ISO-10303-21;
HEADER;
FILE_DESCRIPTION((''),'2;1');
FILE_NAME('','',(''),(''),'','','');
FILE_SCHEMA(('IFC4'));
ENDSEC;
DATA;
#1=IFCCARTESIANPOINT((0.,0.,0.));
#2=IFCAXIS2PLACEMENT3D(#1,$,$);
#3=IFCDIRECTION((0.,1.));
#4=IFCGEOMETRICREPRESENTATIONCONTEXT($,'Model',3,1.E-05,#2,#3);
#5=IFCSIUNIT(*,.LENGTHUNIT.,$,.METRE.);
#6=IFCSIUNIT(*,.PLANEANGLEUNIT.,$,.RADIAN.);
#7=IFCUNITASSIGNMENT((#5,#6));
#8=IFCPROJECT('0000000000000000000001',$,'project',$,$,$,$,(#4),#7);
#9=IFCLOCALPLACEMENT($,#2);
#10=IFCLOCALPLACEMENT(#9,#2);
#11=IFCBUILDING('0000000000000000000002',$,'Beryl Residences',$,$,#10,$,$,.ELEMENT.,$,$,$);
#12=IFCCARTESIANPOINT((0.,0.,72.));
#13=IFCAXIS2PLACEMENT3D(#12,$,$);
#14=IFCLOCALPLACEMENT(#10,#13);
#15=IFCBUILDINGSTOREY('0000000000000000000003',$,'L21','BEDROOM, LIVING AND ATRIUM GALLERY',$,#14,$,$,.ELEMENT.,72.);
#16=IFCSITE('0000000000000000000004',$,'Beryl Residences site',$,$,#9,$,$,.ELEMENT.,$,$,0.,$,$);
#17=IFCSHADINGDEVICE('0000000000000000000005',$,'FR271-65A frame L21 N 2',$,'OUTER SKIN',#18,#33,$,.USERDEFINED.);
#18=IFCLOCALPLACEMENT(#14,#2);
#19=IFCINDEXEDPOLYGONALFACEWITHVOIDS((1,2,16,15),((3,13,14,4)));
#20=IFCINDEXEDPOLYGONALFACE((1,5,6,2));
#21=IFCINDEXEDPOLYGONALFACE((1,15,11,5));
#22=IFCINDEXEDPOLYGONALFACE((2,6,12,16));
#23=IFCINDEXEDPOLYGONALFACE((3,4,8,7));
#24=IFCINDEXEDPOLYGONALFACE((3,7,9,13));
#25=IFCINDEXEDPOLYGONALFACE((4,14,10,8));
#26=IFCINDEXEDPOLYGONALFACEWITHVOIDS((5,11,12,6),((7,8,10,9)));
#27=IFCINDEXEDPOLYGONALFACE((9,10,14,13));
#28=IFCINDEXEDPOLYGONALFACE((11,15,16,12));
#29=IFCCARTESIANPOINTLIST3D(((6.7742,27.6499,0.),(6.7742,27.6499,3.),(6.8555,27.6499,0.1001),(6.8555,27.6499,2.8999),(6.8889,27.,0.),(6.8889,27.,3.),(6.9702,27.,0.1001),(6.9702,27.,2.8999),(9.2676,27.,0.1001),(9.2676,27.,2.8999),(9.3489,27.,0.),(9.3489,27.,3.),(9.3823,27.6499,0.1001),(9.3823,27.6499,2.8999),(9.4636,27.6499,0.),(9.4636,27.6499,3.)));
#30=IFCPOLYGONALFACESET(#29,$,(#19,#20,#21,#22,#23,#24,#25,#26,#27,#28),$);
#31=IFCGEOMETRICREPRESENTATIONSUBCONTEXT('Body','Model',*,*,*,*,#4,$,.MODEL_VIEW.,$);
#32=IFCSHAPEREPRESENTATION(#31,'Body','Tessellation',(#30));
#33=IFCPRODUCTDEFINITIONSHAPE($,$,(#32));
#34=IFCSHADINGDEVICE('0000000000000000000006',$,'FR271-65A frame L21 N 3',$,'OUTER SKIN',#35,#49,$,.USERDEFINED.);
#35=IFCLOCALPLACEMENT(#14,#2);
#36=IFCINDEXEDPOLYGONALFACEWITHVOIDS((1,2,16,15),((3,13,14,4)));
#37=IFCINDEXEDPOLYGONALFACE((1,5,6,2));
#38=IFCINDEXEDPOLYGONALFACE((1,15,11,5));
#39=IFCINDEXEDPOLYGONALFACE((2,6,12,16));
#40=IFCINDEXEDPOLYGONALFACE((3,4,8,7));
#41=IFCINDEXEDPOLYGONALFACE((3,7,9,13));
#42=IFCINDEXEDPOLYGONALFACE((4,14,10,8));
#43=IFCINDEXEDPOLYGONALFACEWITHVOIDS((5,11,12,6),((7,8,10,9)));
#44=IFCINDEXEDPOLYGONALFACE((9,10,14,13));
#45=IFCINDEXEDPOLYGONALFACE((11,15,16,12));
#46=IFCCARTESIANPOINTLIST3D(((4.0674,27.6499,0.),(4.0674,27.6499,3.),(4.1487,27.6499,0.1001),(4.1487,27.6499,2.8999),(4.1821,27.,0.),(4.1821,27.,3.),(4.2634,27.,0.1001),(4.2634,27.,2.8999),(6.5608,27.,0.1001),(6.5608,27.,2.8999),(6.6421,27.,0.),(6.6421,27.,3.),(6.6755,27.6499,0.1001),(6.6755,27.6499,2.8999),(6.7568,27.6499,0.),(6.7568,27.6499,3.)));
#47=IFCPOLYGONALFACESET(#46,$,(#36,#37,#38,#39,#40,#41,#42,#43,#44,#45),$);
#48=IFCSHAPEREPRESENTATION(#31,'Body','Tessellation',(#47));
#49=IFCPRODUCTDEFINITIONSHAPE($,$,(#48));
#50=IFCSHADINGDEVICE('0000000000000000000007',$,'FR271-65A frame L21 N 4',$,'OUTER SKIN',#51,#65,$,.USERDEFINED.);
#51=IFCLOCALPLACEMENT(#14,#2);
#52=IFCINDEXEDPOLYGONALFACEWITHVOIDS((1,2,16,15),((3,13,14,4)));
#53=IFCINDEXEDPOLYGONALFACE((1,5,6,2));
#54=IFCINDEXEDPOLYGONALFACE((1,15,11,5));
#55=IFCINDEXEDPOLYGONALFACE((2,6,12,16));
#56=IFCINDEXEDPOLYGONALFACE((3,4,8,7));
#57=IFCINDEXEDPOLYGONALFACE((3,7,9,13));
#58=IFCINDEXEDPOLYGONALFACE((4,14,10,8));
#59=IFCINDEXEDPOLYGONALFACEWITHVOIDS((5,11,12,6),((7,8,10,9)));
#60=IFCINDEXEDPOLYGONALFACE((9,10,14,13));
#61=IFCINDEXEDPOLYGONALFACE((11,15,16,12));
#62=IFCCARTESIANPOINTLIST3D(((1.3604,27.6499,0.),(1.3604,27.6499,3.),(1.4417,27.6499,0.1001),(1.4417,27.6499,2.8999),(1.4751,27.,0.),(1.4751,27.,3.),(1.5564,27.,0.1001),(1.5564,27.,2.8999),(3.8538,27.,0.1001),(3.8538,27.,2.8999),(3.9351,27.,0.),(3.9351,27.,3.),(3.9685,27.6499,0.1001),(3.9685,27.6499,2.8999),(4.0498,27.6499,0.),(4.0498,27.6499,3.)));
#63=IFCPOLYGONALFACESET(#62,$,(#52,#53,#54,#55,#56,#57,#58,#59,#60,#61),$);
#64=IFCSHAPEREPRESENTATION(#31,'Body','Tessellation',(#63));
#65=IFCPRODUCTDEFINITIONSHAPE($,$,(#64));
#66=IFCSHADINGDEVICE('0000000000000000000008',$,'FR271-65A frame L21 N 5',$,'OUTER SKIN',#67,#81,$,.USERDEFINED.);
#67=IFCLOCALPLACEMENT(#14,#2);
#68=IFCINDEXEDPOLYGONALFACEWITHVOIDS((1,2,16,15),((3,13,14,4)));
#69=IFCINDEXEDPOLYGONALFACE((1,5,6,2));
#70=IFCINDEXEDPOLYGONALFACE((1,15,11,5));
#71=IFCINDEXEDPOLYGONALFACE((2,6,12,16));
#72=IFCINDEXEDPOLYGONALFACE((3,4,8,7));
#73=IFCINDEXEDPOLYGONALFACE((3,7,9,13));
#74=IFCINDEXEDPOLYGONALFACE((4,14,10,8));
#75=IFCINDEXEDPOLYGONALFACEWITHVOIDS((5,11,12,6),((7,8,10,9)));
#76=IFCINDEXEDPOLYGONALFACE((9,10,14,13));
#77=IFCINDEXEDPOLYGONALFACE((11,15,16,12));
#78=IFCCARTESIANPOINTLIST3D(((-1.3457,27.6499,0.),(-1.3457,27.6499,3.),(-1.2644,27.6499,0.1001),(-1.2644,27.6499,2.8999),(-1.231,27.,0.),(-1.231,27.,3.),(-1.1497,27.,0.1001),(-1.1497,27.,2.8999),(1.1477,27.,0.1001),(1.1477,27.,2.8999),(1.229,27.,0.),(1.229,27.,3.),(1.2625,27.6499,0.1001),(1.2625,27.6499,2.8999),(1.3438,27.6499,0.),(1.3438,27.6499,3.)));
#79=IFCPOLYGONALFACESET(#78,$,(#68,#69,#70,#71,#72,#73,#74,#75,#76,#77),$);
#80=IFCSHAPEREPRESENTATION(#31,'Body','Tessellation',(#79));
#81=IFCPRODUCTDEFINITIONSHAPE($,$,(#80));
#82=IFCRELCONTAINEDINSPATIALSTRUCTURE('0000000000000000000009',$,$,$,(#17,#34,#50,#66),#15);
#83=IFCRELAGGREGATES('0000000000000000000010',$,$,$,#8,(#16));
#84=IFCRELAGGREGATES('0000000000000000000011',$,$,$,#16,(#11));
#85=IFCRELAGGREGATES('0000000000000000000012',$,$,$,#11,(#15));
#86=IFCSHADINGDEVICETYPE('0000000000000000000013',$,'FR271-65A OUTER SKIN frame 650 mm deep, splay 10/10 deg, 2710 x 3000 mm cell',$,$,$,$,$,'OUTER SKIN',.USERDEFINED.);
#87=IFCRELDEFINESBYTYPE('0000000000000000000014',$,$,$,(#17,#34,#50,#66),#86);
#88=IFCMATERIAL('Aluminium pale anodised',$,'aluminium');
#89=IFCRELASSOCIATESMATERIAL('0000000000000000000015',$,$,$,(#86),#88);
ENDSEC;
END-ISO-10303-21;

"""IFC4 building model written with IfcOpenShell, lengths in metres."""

from ifc_helpers import new_model, entity, si_unit, direction, frame, origin, place, context, subcontext, project, spatial, source, transform, mapped, material, type_object, type_shapes, element, save


model = new_model("IFC4")

# Units and contexts
model_context = context("Model", 3, precision=1e-05, world=origin(), true_north=direction((0.0, 1.0)))
body_context = subcontext(model_context, "Body", "Model", "MODEL_VIEW")
ifc_project = project(units=[si_unit("LENGTHUNIT", "METRE"), si_unit("PLANEANGLEUNIT", "RADIAN")], contexts=[model_context])

# Site, building, storey
site_placement = place(None, origin())
site = spatial("IfcSite", under=ifc_project, at=site_placement, Name="Beryl Residences site", CompositionType="ELEMENT", RefElevation=0.0)
building_placement = place(site_placement, origin())
building = spatial("IfcBuilding", under=site, at=building_placement, Name="Beryl Residences", CompositionType="ELEMENT")
storey_placement = place(building_placement, frame((0.0, 0.0, 72.0)))
storey = spatial("IfcBuildingStorey", under=building, at=storey_placement, Name="L21", Description="BEDROOM, LIVING AND ATRIUM GALLERY", CompositionType="ELEMENT", Elevation=72.0)

# Shading devices
ifc_material_1 = material(Name="Aluminium pale anodised", Category="aluminium")
shading_device_type = type_object("IfcShadingDeviceType", Name="FR271-65A OUTER SKIN frame 650 mm deep, splay 10/10 deg, 2710 x 3000 mm cell", ElementType="OUTER SKIN", PredefinedType="USERDEFINED", material=ifc_material_1)
cartesian_point_1 = entity("IfcCartesianPoint", [-1.23, 0.0])
cartesian_point_2 = entity("IfcCartesianPoint", [-1.1487, 0.1001])
cartesian_point_3 = entity("IfcCartesianPoint", [-1.3447, 0.0])
cartesian_point_4 = entity("IfcCartesianPoint", [-1.2634, 0.1001])
shared_shape = source(origin(), body_context, "Body", "SweptSolid", [
    entity("IfcExtrudedAreaSolidTapered", entity("IfcArbitraryProfileDefWithVoids", "AREA", None, entity("IfcPolyline", [cartesian_point_1, entity("IfcCartesianPoint", [1.23, 0.0]), entity("IfcCartesianPoint", [1.23, 3.0]), entity("IfcCartesianPoint", [-1.23, 3.0]), cartesian_point_1]), [entity("IfcPolyline", [cartesian_point_2, entity("IfcCartesianPoint", [1.1487, 0.1001]), entity("IfcCartesianPoint", [1.1487, 2.8999]), entity("IfcCartesianPoint", [-1.1487, 2.8999]), cartesian_point_2])]), entity("IfcAxis2Placement3D", entity("IfcCartesianPoint", [0.0, 0.0, 0.0]), entity("IfcDirection", [0.0, 1.0, 0.0]), entity("IfcDirection", [-1.0, 0.0, 0.0])), entity("IfcDirection", [0.0, 0.0, 1.0]), 0.6499, entity("IfcArbitraryProfileDefWithVoids", "AREA", None, entity("IfcPolyline", [cartesian_point_3, entity("IfcCartesianPoint", [1.3447, 0.0]), entity("IfcCartesianPoint", [1.3447, 3.0]), entity("IfcCartesianPoint", [-1.3447, 3.0]), cartesian_point_3]), [entity("IfcPolyline", [cartesian_point_4, entity("IfcCartesianPoint", [1.2634, 0.1001]), entity("IfcCartesianPoint", [1.2634, 2.8999]), entity("IfcCartesianPoint", [-1.2634, 2.8999]), cartesian_point_4])])),
])
type_shapes(shading_device_type, [shared_shape])
for number, where, z_axis, x_axis, name in (
    (1, (8.1189, 27.0, 0.0), (0.0, 0.0, 1.0), (1.0, 0.0, 0.0), "FR271-65A frame L21 N 2"),
    (2, (5.4121, 27.0, 0.0), (0.0, 0.0, 1.0), (1.0, 0.0, 0.0), "FR271-65A frame L21 N 3"),
    (3, (2.7051, 27.0, 0.0), (0.0, 0.0, 1.0), (1.0, 0.0, 0.0), "FR271-65A frame L21 N 4"),
    (4, (-0.001, 27.0, 0.0), (0.0, 0.0, 1.0), (1.0, 0.0, 0.0), "FR271-65A frame L21 N 5"),
):
    element("IfcShadingDevice", number, at=place(storey_placement, frame(where, z_axis=z_axis, x_axis=x_axis)), inside=storey, type_object=shading_device_type, Name=name, ObjectType="OUTER SKIN", PredefinedType="USERDEFINED", context=body_context, shape_type="MappedRepresentation", body=[
        mapped(shared_shape, transform((0.0, 0.0, 0.0))),
    ])

save(model, "model.ifc")
